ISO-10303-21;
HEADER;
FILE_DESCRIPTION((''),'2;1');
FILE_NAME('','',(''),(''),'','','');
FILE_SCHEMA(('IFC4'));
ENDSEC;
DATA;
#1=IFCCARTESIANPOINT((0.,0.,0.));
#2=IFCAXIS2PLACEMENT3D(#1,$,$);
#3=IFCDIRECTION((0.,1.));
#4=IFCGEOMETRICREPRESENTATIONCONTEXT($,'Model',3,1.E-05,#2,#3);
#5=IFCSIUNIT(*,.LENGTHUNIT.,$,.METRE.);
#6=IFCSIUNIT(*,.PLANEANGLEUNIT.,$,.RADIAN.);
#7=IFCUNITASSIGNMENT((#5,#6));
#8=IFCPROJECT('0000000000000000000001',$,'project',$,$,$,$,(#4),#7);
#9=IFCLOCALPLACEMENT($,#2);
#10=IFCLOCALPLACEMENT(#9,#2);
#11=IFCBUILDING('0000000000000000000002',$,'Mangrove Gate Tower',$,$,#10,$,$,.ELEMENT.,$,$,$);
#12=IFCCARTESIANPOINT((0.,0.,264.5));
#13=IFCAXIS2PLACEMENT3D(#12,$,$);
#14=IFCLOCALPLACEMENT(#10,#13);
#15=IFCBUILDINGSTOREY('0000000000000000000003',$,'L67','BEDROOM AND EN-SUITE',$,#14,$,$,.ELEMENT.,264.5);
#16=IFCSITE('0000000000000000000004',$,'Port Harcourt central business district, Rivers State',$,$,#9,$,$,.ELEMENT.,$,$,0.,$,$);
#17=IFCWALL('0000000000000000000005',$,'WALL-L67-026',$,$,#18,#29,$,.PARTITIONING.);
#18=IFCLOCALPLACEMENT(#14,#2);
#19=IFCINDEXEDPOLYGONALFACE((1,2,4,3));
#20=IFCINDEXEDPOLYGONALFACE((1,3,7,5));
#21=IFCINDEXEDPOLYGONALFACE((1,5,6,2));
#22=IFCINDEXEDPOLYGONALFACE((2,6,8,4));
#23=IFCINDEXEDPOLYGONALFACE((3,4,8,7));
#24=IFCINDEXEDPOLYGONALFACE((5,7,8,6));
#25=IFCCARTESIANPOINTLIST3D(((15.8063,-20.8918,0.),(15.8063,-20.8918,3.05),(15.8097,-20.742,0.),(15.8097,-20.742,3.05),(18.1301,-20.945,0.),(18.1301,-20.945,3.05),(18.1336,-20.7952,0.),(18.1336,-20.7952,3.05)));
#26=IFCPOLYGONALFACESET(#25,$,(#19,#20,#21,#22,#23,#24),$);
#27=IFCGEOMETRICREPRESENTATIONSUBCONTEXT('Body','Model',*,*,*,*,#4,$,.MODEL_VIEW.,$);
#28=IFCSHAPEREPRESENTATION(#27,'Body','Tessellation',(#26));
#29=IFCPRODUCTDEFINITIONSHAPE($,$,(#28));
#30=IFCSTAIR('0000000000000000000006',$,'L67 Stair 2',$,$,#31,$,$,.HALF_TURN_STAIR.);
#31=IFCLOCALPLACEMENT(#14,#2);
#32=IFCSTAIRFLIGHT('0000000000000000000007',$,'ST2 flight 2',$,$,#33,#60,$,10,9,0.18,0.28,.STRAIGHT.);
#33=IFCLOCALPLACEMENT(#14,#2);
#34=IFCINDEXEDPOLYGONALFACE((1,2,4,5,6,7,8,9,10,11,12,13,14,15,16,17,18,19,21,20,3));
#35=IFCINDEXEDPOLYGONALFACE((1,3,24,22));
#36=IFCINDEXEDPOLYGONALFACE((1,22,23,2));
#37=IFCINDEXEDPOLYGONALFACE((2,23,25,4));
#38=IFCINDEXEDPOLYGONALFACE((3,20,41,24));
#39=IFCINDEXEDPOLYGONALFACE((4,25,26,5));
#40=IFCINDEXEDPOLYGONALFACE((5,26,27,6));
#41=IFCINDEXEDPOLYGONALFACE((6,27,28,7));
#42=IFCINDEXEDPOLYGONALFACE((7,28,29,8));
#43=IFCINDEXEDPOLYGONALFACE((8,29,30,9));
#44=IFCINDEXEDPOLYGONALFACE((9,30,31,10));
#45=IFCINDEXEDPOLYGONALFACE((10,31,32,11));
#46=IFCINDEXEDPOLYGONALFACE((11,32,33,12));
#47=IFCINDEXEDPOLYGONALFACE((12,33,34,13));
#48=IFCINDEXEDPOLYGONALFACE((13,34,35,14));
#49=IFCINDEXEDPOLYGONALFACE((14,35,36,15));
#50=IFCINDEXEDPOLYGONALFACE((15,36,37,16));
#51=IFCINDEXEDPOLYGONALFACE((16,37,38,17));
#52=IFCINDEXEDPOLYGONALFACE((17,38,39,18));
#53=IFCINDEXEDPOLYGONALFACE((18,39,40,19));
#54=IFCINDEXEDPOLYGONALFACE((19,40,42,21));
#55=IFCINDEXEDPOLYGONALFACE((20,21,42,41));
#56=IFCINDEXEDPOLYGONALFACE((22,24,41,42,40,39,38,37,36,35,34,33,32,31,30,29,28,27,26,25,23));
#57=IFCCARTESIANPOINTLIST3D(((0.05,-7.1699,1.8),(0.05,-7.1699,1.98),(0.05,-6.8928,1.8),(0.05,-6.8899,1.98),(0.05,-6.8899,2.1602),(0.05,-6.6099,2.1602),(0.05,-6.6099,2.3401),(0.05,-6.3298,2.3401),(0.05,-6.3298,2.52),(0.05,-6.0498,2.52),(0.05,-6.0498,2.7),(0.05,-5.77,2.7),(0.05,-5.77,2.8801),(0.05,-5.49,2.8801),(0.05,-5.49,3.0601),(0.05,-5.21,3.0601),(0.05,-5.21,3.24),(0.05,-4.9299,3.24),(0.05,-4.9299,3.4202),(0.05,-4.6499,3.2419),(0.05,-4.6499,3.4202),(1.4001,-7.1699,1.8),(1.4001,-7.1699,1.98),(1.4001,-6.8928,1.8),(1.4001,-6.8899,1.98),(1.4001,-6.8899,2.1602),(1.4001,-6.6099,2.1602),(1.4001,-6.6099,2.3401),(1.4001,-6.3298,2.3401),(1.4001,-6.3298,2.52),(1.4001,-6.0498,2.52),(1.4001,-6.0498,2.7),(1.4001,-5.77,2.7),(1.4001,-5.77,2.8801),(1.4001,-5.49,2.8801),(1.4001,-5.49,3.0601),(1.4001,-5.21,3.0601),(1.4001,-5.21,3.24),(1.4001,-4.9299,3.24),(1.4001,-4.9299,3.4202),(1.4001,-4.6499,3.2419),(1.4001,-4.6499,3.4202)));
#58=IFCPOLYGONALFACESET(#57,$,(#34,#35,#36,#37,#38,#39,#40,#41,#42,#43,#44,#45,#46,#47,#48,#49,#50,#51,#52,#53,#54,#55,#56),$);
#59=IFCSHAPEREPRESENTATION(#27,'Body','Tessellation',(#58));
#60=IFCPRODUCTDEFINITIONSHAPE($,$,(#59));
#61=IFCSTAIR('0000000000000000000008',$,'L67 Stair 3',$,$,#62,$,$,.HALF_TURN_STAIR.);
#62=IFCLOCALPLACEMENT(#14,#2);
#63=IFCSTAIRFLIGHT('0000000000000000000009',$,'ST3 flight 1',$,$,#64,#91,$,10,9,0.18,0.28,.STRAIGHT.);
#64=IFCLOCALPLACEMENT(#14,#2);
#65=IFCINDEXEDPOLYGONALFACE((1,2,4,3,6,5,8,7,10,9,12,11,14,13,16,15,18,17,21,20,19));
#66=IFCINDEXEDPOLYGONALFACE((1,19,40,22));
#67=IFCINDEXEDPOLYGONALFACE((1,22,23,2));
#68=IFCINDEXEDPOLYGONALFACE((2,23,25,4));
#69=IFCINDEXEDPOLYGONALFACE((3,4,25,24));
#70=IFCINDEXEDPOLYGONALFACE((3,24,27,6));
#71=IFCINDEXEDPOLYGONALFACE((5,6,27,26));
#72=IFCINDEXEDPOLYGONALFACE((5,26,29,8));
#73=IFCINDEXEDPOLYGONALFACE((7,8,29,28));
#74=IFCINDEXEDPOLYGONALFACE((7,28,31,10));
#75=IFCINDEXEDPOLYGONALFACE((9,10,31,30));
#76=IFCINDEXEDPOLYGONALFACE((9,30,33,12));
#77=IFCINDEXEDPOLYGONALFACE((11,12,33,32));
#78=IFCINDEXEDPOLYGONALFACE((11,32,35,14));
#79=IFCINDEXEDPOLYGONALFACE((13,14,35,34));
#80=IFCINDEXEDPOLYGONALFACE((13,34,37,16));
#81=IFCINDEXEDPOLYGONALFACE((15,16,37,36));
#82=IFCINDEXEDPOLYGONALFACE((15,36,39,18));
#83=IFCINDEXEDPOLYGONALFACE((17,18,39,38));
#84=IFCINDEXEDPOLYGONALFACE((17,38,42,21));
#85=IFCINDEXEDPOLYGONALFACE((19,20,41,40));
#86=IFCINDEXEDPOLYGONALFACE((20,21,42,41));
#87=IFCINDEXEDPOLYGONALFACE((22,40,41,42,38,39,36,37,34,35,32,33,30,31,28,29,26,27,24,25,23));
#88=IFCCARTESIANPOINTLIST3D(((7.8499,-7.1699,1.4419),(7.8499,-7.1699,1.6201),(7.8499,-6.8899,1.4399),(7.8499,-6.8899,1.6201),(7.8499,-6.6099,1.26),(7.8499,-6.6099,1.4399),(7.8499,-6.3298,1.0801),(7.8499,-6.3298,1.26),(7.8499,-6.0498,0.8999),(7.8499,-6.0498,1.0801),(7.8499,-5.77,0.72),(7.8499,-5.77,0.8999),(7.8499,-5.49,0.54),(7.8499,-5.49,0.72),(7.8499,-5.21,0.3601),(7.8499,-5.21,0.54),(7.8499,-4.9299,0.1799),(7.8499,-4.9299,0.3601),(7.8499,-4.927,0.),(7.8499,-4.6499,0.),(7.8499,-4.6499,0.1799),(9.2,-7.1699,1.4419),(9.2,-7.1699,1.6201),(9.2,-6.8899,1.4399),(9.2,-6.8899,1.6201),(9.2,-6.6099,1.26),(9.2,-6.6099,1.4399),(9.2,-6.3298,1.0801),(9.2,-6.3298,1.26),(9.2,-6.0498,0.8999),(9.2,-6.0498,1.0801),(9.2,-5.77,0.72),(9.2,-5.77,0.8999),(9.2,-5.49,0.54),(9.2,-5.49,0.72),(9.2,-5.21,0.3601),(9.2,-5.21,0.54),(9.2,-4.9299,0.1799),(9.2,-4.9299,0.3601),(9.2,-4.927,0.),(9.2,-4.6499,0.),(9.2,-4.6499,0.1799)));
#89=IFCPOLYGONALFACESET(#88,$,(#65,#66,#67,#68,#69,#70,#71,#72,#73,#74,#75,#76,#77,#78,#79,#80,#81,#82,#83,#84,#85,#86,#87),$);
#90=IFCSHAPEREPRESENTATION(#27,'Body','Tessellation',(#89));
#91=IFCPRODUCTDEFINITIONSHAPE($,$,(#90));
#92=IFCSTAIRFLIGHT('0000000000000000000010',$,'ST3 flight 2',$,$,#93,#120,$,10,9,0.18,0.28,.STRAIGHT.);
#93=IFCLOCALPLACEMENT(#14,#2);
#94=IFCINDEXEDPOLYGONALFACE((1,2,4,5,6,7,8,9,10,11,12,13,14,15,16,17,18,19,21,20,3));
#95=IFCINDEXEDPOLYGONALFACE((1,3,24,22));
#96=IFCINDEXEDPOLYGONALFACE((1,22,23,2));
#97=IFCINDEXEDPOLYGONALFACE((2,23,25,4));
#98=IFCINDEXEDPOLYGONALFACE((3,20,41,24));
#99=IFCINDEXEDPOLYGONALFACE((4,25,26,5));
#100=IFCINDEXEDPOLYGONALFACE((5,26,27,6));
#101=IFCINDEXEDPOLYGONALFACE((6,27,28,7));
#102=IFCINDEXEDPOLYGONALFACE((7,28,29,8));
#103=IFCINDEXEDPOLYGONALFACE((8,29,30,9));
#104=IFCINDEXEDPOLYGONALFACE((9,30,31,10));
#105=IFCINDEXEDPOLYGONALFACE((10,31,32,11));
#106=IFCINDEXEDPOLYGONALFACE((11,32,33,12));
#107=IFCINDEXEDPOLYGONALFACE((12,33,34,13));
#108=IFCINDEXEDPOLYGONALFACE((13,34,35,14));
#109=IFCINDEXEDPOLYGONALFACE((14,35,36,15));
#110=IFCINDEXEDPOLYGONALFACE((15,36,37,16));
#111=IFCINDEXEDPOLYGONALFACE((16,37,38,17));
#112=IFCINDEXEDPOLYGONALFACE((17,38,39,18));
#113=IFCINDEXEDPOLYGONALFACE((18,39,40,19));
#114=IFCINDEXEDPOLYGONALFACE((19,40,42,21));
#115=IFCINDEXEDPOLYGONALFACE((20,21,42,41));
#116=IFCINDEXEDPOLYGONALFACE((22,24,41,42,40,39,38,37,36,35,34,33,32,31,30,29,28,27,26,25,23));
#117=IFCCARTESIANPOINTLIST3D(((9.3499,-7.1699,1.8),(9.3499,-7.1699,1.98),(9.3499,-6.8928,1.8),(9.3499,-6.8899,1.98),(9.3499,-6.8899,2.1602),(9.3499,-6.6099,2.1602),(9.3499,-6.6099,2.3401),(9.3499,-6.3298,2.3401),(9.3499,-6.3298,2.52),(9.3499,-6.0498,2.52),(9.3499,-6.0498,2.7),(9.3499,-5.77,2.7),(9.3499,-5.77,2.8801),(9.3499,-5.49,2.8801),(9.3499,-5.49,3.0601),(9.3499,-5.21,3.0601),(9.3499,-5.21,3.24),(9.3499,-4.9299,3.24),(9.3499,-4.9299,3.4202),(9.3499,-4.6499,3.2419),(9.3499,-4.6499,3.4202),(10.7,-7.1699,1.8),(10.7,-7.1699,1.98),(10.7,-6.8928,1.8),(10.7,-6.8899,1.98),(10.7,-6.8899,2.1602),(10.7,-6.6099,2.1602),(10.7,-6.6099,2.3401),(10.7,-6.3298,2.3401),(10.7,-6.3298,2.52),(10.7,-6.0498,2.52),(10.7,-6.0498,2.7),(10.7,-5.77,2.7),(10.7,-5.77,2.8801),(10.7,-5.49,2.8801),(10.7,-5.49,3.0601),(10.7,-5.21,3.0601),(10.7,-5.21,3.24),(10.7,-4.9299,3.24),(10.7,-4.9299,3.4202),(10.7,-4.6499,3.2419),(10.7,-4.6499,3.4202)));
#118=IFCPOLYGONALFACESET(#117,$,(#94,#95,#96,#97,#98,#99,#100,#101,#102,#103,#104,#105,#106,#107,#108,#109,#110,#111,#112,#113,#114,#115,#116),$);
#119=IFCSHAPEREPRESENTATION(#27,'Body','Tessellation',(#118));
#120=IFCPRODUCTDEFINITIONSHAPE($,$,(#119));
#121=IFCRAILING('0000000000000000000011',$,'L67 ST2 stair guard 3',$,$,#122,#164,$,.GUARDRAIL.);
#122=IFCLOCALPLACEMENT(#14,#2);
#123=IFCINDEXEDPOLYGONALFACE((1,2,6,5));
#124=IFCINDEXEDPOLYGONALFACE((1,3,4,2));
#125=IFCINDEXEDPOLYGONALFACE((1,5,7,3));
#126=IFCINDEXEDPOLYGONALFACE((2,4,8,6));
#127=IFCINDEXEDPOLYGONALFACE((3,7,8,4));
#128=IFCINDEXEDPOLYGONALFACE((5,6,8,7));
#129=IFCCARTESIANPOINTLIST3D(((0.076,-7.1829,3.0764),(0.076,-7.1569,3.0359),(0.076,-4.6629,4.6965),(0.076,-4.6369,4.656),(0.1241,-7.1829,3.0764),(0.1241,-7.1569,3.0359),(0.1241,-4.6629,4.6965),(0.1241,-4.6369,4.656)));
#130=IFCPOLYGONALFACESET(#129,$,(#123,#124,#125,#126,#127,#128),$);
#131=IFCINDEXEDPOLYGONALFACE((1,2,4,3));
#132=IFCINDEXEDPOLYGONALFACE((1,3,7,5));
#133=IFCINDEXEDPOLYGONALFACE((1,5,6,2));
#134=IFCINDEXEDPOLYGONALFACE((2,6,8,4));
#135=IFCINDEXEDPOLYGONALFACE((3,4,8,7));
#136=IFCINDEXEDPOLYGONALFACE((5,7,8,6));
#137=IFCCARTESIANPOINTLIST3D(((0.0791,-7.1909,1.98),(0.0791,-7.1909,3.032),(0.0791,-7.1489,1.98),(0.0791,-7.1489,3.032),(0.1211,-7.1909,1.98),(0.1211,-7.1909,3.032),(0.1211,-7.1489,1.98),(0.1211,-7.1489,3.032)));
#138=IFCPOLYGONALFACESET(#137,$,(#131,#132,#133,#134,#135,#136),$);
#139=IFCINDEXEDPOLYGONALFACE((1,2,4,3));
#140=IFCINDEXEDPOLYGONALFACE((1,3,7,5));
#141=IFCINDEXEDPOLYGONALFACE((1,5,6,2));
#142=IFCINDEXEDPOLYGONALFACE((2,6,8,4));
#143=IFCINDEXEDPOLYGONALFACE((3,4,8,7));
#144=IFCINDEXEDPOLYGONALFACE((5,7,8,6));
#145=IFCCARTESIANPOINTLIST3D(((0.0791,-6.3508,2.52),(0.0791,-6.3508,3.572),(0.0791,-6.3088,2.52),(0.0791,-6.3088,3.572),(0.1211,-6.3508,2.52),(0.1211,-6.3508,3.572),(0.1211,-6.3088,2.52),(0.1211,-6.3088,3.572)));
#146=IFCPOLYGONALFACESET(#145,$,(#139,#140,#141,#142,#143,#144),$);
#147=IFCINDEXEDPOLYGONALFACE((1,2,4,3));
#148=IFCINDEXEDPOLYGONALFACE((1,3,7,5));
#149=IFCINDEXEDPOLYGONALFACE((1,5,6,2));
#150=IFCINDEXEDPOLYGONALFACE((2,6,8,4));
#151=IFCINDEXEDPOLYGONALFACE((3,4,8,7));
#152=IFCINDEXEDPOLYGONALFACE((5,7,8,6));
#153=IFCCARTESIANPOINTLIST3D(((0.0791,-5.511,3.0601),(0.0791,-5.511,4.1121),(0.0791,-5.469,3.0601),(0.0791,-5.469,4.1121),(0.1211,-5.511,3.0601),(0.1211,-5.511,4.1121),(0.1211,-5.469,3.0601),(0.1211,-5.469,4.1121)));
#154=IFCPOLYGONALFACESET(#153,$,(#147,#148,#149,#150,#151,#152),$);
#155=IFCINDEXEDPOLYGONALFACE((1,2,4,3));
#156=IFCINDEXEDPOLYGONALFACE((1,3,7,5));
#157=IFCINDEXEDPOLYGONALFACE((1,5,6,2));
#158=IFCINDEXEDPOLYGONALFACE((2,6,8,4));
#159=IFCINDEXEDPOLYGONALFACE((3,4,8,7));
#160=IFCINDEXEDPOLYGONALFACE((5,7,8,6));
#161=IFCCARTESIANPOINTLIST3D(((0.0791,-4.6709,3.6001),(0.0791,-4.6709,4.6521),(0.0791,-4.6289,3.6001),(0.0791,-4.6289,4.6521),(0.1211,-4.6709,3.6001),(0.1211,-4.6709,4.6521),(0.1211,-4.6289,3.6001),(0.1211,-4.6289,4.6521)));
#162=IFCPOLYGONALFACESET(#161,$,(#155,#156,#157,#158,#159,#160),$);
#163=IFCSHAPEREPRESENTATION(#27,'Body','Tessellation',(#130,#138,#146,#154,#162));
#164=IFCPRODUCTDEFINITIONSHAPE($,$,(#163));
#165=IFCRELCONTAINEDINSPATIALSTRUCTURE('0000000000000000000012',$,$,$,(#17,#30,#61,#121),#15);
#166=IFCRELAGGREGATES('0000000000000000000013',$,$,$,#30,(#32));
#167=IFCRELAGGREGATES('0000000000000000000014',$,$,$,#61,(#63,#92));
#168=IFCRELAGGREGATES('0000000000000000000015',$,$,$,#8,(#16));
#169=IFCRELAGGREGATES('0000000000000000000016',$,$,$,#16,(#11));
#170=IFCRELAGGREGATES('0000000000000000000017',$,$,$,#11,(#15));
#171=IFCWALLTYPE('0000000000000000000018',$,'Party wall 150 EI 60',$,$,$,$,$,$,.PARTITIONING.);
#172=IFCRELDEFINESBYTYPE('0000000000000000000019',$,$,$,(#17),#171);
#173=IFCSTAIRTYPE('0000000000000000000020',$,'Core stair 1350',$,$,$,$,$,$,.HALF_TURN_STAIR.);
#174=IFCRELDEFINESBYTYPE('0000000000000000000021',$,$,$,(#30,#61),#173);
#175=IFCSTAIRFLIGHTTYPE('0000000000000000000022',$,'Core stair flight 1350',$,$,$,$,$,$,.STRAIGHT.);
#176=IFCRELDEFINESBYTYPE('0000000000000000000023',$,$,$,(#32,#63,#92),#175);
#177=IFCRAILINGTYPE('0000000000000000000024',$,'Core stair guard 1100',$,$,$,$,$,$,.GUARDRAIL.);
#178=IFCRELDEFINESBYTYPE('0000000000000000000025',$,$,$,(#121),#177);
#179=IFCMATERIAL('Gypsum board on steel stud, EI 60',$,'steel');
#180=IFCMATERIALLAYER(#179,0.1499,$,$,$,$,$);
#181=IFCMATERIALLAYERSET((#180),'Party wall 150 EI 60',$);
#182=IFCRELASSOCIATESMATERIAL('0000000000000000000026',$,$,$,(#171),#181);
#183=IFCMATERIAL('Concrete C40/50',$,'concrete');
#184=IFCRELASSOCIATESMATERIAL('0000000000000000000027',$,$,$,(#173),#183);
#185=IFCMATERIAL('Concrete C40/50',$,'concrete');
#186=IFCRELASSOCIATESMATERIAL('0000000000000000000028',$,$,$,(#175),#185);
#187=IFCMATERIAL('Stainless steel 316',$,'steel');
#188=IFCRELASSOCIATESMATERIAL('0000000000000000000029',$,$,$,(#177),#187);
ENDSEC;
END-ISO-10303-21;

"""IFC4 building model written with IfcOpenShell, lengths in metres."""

from ifc_helpers import new_model, si_unit, direction, frame, frame_2d, origin, origin_2d, place, context, subcontext, project, spatial, polyline, rectangle, outline, extrude, material, layer, layer_set, type_object, element, aggregate, save


model = new_model("IFC4")

# Units and contexts
model_context = context("Model", 3, precision=1e-05, world=origin(), true_north=direction((0.0, 1.0)))
body_context = subcontext(model_context, "Body", "Model", "MODEL_VIEW")
ifc_project = project(units=[si_unit("LENGTHUNIT", "METRE"), si_unit("PLANEANGLEUNIT", "RADIAN")], contexts=[model_context])

# Site, building, storey
site_placement = place(None, origin())
site = spatial("IfcSite", under=ifc_project, at=site_placement, Name="Port Harcourt central business district, Rivers State", CompositionType="ELEMENT", RefElevation=0.0)
building_placement = place(site_placement, origin())
building = spatial("IfcBuilding", under=site, at=building_placement, Name="Mangrove Gate Tower", CompositionType="ELEMENT")
storey_placement = place(building_placement, frame((0.0, 0.0, 264.5)))
storey = spatial("IfcBuildingStorey", under=building, at=storey_placement, Name="L67", Description="BEDROOM AND EN-SUITE", CompositionType="ELEMENT", Elevation=264.5)

# Wall
ifc_material_1 = material(Name="Gypsum board on steel stud, EI 60", Category="steel")
ifc_layer_1 = layer(ifc_material_1, 0.1499)
ifc_layer_set_1 = layer_set([ifc_layer_1], Name="Party wall 150 EI 60")
wall_type_1 = type_object("IfcWallType", Name="Party wall 150 EI 60", PredefinedType="PARTITIONING", material=ifc_layer_set_1)
wall_1_placement = place(storey_placement, frame((15.8081, -20.8169, 0.0), z_axis=(0.0, 0.0, 1.0), x_axis=(0.999738, -0.022896, 0.0)))
element("IfcWall", 1, at=wall_1_placement, inside=storey, type_object=wall_type_1, Name="WALL-L67-026", PredefinedType="PARTITIONING", context=body_context, shape_type="SweptSolid", body=[
    extrude(rectangle(XDim=2.3245, YDim=0.1499, at=frame_2d((1.1621, 0.0))), origin(), (0.0, 0.0, 1.0), 3.05),
])

# Stair, stair flight
ifc_material_2 = material(Name="Concrete C40/50", Category="concrete")
stair_type = type_object("IfcStairType", Name="Core stair 1350", PredefinedType="HALF_TURN_STAIR", material=ifc_material_2)
stair_1_placement = place(storey_placement, origin())
stair_1 = element("IfcStair", 2, at=stair_1_placement, inside=storey, type_object=stair_type, Name="L67 Stair 2", PredefinedType="HALF_TURN_STAIR")
ifc_material_3 = material(Name="Concrete C40/50", Category="concrete")
stair_flight_type = type_object("IfcStairFlightType", Name="Core stair flight 1350", PredefinedType="STRAIGHT", material=ifc_material_3)
stair_flight_1_placement = place(storey_placement, frame((0.7251, -7.1699, 1.8), z_axis=(0.0, 0.0, 1.0), x_axis=(0.0, 1.0, 0.0)))
stair_flight_1 = element("IfcStairFlight", 3, at=stair_flight_1_placement, type_object=stair_flight_type, Name="ST2 flight 2", NumberOfRisers=10, NumberOfTreads=9, PredefinedType="STRAIGHT", RiserHeight=0.18, TreadLength=0.28, context=body_context, shape_type="SweptSolid", body=[
    extrude(outline(polyline([(0.0, 0.0), (0.0, 0.1799), (0.28, 0.1799), (0.28, 0.3601), (0.5601, 0.3601), (0.5601, 0.54), (0.8401, 0.54), (0.8401, 0.72), (1.1201, 0.72), (1.1201, 0.8999), (1.3999, 0.8999), (1.3999, 1.0801), (1.6799, 1.0801), (1.6799, 1.26), (1.96, 1.26), (1.96, 1.4399), (2.24, 1.4399), (2.24, 1.6201), (2.52, 1.6201), (2.52, 1.8), (2.52, 1.4419), (0.2771, 0.0), (0.0, 0.0)])), frame((0.0, 0.675, 0.0), z_axis=(0.0, -1.0, 0.0), x_axis=(1.0, 0.0, 0.0)), (0.0, 0.0, 1.0), 1.3501),
])
aggregate(stair_1, [stair_flight_1])

# Stair, stair flights
stair_2_placement = place(storey_placement, origin())
stair_2 = element("IfcStair", 4, at=stair_2_placement, inside=storey, type_object=stair_type, Name="L67 Stair 3", PredefinedType="HALF_TURN_STAIR")
stair_flight_2_placement = place(storey_placement, frame((8.5249, -4.6499, 0.0), z_axis=(0.0, 0.0, 1.0), x_axis=(0.0, -1.0, 0.0)))
stair_flight_2 = element("IfcStairFlight", 5, at=stair_flight_2_placement, type_object=stair_flight_type, Name="ST3 flight 1", NumberOfRisers=10, NumberOfTreads=9, PredefinedType="STRAIGHT", RiserHeight=0.18, TreadLength=0.28, context=body_context, shape_type="SweptSolid", body=[
    extrude(outline(polyline([(0.0, 0.0), (0.0, 0.1799), (0.28, 0.1799), (0.28, 0.3601), (0.5601, 0.3601), (0.5601, 0.54), (0.8401, 0.54), (0.8401, 0.72), (1.1201, 0.72), (1.1201, 0.8999), (1.3999, 0.8999), (1.3999, 1.0801), (1.6799, 1.0801), (1.6799, 1.26), (1.96, 1.26), (1.96, 1.4399), (2.24, 1.4399), (2.24, 1.6201), (2.52, 1.6201), (2.52, 1.8), (2.52, 1.4419), (0.2771, 0.0), (0.0, 0.0)])), frame((0.0, 0.675, 0.0), z_axis=(0.0, -1.0, 0.0), x_axis=(1.0, 0.0, 0.0)), (0.0, 0.0, 1.0), 1.3501),
])
stair_flight_3_placement = place(storey_placement, frame((10.0249, -7.1699, 1.8), z_axis=(0.0, 0.0, 1.0), x_axis=(0.0, 1.0, 0.0)))
stair_flight_3 = element("IfcStairFlight", 6, at=stair_flight_3_placement, type_object=stair_flight_type, Name="ST3 flight 2", NumberOfRisers=10, NumberOfTreads=9, PredefinedType="STRAIGHT", RiserHeight=0.18, TreadLength=0.28, context=body_context, shape_type="SweptSolid", body=[
    extrude(outline(polyline([(0.0, 0.0), (0.0, 0.1799), (0.28, 0.1799), (0.28, 0.3601), (0.5601, 0.3601), (0.5601, 0.54), (0.8401, 0.54), (0.8401, 0.72), (1.1201, 0.72), (1.1201, 0.8999), (1.3999, 0.8999), (1.3999, 1.0801), (1.6799, 1.0801), (1.6799, 1.26), (1.96, 1.26), (1.96, 1.4399), (2.24, 1.4399), (2.24, 1.6201), (2.52, 1.6201), (2.52, 1.8), (2.52, 1.4419), (0.2771, 0.0), (0.0, 0.0)])), frame((0.0, 0.675, 0.0), z_axis=(0.0, -1.0, 0.0), x_axis=(1.0, 0.0, 0.0)), (0.0, 0.0, 1.0), 1.3501),
])
aggregate(stair_2, [stair_flight_2, stair_flight_3])

# Railing
ifc_material_4 = material(Name="Stainless steel 316", Category="steel")
railing_type_1 = type_object("IfcRailingType", Name="Core stair guard 1100", PredefinedType="GUARDRAIL", material=ifc_material_4)
railing_1_placement = place(storey_placement, frame((0.1001, -7.1699, 1.98)))
element("IfcRailing", 7, at=railing_1_placement, inside=storey, type_object=railing_type_1, Name="L67 ST2 stair guard 3", PredefinedType="GUARDRAIL", context=body_context, shape_type="SweptSolid", body=[
    extrude(rectangle(XDim=0.0481, YDim=0.0481, at=origin_2d()), frame((0.0, 0.0, 1.0762), z_axis=(0.0, 0.841163, 0.540782), x_axis=(-1.0, 0.0, 0.0)), (0.0, 0.0, 1.0), 2.9958),
    extrude(rectangle(XDim=0.042, YDim=0.042, at=origin_2d()), origin(), (0.0, 0.0, 1.0), 1.052),
    extrude(rectangle(XDim=0.042, YDim=0.042, at=origin_2d()), frame((0.0, 0.8401, 0.54)), (0.0, 0.0, 1.0), 1.052),
    extrude(rectangle(XDim=0.042, YDim=0.042, at=origin_2d()), frame((0.0, 1.6799, 1.0801)), (0.0, 0.0, 1.0), 1.052),
    extrude(rectangle(XDim=0.042, YDim=0.042, at=origin_2d()), frame((0.0, 2.52, 1.6201)), (0.0, 0.0, 1.0), 1.052),
])

save(model, "model.ifc")
